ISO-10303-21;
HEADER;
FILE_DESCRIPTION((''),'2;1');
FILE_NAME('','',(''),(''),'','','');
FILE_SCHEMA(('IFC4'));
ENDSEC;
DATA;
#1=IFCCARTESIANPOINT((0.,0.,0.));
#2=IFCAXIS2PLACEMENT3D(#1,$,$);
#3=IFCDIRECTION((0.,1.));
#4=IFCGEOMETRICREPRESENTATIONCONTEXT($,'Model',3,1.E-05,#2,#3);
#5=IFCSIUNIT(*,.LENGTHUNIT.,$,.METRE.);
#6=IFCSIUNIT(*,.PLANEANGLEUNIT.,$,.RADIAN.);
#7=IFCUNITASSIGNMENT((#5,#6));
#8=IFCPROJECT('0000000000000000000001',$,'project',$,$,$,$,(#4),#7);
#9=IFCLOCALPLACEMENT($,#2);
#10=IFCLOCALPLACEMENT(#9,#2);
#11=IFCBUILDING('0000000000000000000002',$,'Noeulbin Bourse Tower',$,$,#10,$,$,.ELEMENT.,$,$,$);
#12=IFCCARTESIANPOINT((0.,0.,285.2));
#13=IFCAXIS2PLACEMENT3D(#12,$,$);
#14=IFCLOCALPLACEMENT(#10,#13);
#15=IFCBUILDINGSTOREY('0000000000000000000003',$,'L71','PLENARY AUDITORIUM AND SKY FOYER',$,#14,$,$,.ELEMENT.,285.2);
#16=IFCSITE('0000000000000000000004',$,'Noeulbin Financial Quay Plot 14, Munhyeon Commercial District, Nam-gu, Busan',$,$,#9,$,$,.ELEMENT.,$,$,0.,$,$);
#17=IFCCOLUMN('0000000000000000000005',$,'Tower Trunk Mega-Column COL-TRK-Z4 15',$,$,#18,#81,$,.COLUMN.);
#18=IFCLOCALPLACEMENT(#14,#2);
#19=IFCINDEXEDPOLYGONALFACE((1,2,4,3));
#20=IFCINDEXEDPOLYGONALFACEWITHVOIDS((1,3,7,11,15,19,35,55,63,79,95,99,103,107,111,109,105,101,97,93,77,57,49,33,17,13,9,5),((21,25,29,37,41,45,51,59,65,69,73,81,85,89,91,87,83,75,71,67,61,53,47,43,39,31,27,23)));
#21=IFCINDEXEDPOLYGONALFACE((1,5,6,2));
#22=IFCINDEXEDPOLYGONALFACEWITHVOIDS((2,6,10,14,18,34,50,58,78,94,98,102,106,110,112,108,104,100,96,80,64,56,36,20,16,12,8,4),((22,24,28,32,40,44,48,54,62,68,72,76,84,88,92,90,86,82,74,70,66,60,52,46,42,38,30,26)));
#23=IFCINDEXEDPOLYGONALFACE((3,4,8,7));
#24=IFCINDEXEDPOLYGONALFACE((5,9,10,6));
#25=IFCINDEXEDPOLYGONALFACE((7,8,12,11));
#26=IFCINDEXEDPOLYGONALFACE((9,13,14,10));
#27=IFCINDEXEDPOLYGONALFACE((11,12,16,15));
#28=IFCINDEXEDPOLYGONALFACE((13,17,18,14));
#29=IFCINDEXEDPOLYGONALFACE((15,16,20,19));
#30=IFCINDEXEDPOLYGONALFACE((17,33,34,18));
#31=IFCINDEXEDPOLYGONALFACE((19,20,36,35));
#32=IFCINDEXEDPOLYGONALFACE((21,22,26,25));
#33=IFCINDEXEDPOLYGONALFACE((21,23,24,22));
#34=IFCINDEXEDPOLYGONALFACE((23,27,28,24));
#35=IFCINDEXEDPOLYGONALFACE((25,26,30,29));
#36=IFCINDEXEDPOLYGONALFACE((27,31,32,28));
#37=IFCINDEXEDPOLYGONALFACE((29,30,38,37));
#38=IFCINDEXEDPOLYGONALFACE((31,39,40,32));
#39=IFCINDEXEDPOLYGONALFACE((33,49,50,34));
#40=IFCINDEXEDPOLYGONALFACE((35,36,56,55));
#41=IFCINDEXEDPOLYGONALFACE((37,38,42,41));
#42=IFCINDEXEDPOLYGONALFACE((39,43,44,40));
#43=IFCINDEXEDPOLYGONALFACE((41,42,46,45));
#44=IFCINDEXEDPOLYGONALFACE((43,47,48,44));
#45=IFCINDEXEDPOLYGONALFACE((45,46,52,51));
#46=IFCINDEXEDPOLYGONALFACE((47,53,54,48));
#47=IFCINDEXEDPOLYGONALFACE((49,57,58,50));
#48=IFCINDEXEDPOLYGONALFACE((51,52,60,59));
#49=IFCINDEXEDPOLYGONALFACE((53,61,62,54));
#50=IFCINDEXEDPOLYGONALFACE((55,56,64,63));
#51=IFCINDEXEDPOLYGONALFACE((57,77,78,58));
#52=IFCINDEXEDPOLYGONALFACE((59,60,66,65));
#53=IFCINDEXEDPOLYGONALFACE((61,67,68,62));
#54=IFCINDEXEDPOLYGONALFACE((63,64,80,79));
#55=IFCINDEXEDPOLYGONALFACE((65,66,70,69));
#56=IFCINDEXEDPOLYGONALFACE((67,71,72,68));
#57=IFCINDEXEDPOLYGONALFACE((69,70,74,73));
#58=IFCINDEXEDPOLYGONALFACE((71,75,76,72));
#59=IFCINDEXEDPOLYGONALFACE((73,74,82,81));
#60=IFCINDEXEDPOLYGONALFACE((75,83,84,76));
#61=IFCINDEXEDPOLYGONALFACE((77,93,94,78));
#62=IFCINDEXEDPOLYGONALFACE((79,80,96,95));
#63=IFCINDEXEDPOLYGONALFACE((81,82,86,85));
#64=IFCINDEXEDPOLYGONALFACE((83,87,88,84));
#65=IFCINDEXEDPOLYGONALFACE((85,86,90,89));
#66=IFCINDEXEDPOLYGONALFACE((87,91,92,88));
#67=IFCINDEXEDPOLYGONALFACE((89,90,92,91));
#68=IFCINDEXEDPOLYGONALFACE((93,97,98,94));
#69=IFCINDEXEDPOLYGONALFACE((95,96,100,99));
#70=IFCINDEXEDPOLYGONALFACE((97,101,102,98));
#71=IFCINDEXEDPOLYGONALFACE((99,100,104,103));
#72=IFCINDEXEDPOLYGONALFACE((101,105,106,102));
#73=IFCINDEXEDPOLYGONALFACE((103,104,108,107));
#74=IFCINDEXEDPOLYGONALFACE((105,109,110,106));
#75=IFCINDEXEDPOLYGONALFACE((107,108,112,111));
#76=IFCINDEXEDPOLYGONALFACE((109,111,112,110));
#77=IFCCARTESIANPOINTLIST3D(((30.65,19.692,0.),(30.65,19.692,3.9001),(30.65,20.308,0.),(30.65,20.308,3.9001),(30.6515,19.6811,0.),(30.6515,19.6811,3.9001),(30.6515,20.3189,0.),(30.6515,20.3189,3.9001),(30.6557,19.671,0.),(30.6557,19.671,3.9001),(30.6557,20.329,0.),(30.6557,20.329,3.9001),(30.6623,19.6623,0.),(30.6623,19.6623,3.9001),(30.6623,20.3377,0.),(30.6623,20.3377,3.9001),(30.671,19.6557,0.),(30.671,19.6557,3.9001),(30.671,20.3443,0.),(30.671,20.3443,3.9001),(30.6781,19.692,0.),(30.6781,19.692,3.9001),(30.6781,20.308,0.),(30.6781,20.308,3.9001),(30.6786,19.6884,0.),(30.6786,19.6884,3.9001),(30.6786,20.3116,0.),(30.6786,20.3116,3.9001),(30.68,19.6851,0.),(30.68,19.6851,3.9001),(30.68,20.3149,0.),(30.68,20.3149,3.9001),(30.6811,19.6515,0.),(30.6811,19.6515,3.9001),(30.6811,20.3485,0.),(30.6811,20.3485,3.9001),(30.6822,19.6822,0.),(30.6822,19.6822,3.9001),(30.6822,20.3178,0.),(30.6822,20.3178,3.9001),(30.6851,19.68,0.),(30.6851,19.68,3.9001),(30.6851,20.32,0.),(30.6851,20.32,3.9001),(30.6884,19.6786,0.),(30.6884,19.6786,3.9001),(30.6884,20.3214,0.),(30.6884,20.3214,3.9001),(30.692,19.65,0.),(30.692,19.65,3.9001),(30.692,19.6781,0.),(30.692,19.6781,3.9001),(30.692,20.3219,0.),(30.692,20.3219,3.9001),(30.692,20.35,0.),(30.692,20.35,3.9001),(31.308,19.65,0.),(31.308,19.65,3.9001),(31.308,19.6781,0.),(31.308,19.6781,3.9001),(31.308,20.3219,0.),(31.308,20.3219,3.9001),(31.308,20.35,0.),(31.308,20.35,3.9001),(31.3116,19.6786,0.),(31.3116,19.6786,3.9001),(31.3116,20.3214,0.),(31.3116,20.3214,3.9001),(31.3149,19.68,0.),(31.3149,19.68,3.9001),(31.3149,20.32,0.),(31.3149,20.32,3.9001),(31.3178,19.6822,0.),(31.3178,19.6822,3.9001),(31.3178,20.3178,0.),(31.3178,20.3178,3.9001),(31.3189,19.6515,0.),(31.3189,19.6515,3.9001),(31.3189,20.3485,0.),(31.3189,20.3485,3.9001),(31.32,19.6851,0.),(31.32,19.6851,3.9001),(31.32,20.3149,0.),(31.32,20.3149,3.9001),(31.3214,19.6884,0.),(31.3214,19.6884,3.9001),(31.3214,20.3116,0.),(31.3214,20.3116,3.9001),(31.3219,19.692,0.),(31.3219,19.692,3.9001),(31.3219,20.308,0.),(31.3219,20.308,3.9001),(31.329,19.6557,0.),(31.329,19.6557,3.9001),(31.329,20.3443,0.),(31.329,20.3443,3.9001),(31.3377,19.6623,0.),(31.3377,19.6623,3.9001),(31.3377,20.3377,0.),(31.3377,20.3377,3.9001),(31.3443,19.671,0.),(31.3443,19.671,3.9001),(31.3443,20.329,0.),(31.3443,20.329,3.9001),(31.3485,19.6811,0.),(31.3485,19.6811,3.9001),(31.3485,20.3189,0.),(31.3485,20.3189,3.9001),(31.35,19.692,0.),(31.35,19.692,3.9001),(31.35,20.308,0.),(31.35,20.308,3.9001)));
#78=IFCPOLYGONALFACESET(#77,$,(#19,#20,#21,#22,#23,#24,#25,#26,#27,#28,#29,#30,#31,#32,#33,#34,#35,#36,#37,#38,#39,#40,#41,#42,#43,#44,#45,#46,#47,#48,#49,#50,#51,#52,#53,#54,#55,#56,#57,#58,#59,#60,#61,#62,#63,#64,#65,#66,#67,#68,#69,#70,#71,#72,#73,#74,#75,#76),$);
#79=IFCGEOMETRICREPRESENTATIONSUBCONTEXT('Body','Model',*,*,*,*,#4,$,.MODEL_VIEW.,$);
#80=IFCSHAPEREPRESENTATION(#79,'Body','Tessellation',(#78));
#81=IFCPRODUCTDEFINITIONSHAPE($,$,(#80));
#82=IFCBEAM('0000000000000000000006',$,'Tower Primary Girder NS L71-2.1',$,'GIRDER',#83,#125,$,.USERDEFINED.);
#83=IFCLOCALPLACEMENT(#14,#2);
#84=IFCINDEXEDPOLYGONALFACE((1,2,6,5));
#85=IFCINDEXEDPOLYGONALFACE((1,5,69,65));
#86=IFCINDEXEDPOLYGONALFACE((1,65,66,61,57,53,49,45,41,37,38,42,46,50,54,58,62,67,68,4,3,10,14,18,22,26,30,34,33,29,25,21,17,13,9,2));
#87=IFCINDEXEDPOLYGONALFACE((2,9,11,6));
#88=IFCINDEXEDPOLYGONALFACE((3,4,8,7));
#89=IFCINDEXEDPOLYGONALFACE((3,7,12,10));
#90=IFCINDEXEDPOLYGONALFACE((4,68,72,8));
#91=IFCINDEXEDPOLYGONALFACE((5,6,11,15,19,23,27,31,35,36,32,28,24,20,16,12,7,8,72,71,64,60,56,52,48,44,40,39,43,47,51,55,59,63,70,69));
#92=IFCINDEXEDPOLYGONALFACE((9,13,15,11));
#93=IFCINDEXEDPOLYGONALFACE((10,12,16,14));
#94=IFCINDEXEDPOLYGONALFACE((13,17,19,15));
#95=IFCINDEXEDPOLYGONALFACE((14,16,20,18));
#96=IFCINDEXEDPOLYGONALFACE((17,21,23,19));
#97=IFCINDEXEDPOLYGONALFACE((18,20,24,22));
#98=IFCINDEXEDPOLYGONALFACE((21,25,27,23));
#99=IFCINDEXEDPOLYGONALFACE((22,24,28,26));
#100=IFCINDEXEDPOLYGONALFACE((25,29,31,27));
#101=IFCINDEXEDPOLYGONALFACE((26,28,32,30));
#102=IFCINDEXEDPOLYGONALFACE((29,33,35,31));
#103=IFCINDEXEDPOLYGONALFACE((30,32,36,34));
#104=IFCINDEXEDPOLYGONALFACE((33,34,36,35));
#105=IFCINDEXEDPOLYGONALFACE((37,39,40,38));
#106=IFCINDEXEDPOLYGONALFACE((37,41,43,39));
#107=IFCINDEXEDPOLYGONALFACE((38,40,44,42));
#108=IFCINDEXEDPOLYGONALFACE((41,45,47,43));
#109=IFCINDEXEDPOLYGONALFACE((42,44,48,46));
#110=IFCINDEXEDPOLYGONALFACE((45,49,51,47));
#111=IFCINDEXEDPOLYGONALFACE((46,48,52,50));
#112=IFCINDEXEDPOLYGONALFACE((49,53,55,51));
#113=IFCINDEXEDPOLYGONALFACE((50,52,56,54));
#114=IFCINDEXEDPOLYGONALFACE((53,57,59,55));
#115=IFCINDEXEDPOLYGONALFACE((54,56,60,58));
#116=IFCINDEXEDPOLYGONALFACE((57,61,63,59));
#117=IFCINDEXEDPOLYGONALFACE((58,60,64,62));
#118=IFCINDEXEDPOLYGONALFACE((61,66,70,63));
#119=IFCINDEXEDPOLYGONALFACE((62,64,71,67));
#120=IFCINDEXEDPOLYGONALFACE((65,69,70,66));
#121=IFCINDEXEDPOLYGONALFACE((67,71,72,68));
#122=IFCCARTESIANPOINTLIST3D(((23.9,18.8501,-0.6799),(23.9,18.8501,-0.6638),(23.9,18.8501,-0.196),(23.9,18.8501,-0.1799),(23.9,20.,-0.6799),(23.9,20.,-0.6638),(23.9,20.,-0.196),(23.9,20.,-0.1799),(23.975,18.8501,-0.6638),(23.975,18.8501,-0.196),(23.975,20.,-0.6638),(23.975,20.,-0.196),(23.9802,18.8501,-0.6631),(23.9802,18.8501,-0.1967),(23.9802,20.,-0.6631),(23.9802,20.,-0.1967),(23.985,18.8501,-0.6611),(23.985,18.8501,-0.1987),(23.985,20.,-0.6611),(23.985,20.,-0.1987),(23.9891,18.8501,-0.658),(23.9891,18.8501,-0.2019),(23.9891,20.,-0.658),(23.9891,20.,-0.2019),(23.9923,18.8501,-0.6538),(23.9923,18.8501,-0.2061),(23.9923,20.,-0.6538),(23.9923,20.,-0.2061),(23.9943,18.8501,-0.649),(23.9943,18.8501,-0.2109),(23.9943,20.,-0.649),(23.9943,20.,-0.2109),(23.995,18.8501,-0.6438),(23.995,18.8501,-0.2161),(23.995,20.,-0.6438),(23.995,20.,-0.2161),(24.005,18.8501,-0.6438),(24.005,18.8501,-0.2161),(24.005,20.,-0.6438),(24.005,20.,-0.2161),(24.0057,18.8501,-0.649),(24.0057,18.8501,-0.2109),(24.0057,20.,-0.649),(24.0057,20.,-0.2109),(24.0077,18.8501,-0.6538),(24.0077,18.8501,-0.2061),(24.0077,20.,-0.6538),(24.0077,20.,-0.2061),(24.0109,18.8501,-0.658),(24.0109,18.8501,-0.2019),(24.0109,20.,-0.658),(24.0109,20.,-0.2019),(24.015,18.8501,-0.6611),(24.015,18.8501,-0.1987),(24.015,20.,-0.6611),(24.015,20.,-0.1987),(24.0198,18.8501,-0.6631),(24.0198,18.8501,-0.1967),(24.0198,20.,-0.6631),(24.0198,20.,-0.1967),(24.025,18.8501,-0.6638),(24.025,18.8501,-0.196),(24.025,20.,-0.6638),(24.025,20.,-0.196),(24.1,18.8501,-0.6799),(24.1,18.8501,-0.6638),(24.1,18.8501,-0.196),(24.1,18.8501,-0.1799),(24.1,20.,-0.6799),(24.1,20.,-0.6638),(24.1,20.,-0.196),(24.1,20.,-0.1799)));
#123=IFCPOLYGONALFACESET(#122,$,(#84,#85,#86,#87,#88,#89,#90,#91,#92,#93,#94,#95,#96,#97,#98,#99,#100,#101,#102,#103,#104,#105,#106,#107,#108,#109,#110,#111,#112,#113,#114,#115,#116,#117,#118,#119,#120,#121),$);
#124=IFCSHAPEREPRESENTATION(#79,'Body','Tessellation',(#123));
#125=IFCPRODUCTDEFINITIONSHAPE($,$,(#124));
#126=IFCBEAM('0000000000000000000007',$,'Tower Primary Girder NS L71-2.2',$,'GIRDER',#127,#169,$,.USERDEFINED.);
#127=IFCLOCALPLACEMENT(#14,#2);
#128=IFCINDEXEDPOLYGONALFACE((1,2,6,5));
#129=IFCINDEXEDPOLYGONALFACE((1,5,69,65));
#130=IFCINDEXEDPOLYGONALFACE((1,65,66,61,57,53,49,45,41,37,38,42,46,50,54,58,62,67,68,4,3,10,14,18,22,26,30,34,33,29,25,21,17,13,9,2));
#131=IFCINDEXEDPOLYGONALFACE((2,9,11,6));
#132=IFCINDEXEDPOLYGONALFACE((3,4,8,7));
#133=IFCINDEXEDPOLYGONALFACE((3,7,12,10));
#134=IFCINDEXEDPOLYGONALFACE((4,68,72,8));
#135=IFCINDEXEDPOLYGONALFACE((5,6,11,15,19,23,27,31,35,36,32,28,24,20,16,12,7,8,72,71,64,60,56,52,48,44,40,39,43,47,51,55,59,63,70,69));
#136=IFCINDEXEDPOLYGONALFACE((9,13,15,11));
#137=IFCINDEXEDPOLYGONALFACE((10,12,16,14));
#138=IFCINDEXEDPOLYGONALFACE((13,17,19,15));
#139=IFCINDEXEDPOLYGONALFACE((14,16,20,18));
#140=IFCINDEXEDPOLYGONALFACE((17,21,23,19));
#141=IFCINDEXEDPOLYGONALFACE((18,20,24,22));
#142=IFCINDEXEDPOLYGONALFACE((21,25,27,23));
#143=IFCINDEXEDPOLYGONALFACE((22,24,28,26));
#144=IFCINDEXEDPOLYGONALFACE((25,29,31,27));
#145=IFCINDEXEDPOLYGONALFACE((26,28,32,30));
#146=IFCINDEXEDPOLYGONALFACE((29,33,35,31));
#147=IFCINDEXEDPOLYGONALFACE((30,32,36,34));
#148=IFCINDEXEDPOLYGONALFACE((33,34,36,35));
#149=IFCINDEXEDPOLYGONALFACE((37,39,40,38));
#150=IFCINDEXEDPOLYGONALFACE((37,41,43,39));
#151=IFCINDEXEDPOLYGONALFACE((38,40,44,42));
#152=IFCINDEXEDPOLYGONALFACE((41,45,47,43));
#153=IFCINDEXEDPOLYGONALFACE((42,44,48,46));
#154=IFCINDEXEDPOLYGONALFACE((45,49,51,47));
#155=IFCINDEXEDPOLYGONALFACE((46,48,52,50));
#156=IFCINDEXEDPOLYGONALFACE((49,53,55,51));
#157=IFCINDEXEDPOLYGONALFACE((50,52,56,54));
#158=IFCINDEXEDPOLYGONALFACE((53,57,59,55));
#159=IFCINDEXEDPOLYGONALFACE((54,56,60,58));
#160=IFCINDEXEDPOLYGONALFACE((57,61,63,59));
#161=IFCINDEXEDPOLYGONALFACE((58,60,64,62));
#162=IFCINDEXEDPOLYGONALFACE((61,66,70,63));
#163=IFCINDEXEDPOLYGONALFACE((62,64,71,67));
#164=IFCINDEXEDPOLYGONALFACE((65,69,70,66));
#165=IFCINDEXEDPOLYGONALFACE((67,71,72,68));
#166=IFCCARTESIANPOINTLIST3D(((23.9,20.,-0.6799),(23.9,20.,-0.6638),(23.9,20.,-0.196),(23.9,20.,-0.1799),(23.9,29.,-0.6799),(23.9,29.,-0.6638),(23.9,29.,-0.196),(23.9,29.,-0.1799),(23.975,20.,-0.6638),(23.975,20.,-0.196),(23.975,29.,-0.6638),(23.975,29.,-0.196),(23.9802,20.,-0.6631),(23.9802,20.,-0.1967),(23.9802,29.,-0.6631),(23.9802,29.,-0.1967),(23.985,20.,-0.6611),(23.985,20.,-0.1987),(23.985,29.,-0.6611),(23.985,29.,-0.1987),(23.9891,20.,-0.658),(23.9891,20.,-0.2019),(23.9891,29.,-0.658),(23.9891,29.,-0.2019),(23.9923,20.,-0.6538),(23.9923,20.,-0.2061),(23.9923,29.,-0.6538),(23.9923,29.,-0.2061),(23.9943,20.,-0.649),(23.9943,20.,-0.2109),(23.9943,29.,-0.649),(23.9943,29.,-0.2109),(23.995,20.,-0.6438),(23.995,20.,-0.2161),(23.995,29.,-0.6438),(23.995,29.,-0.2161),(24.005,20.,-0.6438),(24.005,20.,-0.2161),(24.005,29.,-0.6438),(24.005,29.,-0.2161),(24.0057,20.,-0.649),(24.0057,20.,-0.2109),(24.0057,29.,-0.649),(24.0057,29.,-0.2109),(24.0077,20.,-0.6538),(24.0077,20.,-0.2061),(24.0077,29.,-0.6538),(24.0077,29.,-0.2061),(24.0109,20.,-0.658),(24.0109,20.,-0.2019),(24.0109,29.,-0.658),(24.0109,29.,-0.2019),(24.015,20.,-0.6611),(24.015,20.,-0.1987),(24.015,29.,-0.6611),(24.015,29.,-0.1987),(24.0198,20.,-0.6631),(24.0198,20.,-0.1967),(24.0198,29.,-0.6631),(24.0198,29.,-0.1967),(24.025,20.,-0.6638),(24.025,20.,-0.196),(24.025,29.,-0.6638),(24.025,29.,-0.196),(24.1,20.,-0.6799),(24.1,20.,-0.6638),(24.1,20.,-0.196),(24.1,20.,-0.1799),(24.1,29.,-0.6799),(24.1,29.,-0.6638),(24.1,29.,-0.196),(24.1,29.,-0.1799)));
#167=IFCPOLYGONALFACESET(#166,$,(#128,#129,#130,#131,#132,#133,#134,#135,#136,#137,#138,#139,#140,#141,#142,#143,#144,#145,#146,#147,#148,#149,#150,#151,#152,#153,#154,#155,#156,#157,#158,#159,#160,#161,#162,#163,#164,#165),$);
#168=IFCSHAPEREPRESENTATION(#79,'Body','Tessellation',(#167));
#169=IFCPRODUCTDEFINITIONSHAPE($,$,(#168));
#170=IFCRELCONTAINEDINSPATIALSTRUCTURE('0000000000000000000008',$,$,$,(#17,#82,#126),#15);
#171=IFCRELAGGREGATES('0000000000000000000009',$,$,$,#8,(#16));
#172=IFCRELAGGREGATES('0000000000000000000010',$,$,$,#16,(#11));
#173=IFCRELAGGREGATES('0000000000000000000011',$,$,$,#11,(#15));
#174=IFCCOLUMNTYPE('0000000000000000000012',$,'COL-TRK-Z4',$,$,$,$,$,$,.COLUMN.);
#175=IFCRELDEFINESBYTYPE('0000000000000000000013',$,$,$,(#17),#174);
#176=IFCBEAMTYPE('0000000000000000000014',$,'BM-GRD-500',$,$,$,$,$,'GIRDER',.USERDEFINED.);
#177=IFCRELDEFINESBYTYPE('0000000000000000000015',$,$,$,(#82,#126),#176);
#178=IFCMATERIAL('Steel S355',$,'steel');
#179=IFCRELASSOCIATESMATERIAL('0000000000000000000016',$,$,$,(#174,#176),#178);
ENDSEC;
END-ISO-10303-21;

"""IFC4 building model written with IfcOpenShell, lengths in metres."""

from ifc_helpers import new_model, si_unit, direction, frame, origin, origin_2d, place, context, subcontext, project, spatial, hollow_rectangle, i_section, extrude, material, material_profile, profile_set, type_object, element, save


model = new_model("IFC4")

# Units and contexts
model_context = context("Model", 3, precision=1e-05, world=origin(), true_north=direction((0.0, 1.0)))
body_context = subcontext(model_context, "Body", "Model", "MODEL_VIEW")
ifc_project = project(units=[si_unit("LENGTHUNIT", "METRE"), si_unit("PLANEANGLEUNIT", "RADIAN")], contexts=[model_context])

# Site, building, storey
site_placement = place(None, origin())
site = spatial("IfcSite", under=ifc_project, at=site_placement, Name="Noeulbin Financial Quay Plot 14, Munhyeon Commercial District, Nam-gu, Busan", CompositionType="ELEMENT", RefElevation=0.0)
building_placement = place(site_placement, origin())
building = spatial("IfcBuilding", under=site, at=building_placement, Name="Noeulbin Bourse Tower", CompositionType="ELEMENT")
storey_placement = place(building_placement, frame((0.0, 0.0, 285.2)))
storey = spatial("IfcBuildingStorey", under=building, at=storey_placement, Name="L71", Description="PLENARY AUDITORIUM AND SKY FOYER", CompositionType="ELEMENT", Elevation=285.2)

# Column
ifc_material_1 = material(Name="Steel S355", Category="steel")
ifc_material_profile_1 = material_profile(ifc_material_1, hollow_rectangle(XDim=0.7, YDim=0.7, WallThickness=0.0281, InnerFilletRadius=0.0139, OuterFilletRadius=0.042, at=origin_2d()), Name="BOX-700x700x28", Category="LoadBearing")
ifc_profile_set_1 = profile_set([ifc_material_profile_1], Name="Steel S355")
column_type = type_object("IfcColumnType", Name="COL-TRK-Z4", PredefinedType="COLUMN", material=ifc_profile_set_1)
for number, where, z_axis, x_axis, name in (
    (1, (31.0, 20.0, 0.0), (0.0, 0.0, 1.0), (1.0, 0.0, 0.0), "Tower Trunk Mega-Column COL-TRK-Z4 15"),
):
    element("IfcColumn", number, at=place(storey_placement, frame(where, z_axis=z_axis, x_axis=x_axis)), inside=storey, type_object=column_type, Name=name, PredefinedType="COLUMN", context=body_context, shape_type="SweptSolid", body=[
        extrude(hollow_rectangle(XDim=0.7, YDim=0.7, WallThickness=0.0281, InnerFilletRadius=0.0139, OuterFilletRadius=0.042, at=origin_2d()), origin(), (0.0, 0.0, 1.0), 3.9001),
    ])

# Beams
ifc_material_profile_2 = material_profile(ifc_material_1, i_section(OverallWidth=0.2, OverallDepth=0.5, WebThickness=0.01, FlangeThickness=0.0161, FilletRadius=0.02, at=origin_2d()), Name="H-500x200x10x16", Category="LoadBearing")
ifc_profile_set_2 = profile_set([ifc_material_profile_2], Name="Steel S355")
beam_type_1 = type_object("IfcBeamType", Name="BM-GRD-500", ElementType="GIRDER", PredefinedType="USERDEFINED", material=ifc_profile_set_2)
beam_1_placement = place(storey_placement, frame((24.0, 18.8501, -0.4299), z_axis=(0.0, 1.0, 0.0), x_axis=(-1.0, 0.0, 0.0)))
element("IfcBeam", 2, at=beam_1_placement, inside=storey, type_object=beam_type_1, Name="Tower Primary Girder NS L71-2.1", ObjectType="GIRDER", PredefinedType="USERDEFINED", context=body_context, shape_type="SweptSolid", body=[
    extrude(i_section(OverallWidth=0.2, OverallDepth=0.5, WebThickness=0.01, FlangeThickness=0.0161, FilletRadius=0.02, at=origin_2d()), origin(), (0.0, 0.0, 1.0), 1.1499),
])
beam_2_placement = place(storey_placement, frame((24.0, 20.0, -0.4299), z_axis=(0.0, 1.0, 0.0), x_axis=(-1.0, 0.0, 0.0)))
element("IfcBeam", 3, at=beam_2_placement, inside=storey, type_object=beam_type_1, Name="Tower Primary Girder NS L71-2.2", ObjectType="GIRDER", PredefinedType="USERDEFINED", context=body_context, shape_type="SweptSolid", body=[
    extrude(i_section(OverallWidth=0.2, OverallDepth=0.5, WebThickness=0.01, FlangeThickness=0.0161, FilletRadius=0.02, at=origin_2d()), origin(), (0.0, 0.0, 1.0), 9.0),
])

save(model, "model.ifc")
